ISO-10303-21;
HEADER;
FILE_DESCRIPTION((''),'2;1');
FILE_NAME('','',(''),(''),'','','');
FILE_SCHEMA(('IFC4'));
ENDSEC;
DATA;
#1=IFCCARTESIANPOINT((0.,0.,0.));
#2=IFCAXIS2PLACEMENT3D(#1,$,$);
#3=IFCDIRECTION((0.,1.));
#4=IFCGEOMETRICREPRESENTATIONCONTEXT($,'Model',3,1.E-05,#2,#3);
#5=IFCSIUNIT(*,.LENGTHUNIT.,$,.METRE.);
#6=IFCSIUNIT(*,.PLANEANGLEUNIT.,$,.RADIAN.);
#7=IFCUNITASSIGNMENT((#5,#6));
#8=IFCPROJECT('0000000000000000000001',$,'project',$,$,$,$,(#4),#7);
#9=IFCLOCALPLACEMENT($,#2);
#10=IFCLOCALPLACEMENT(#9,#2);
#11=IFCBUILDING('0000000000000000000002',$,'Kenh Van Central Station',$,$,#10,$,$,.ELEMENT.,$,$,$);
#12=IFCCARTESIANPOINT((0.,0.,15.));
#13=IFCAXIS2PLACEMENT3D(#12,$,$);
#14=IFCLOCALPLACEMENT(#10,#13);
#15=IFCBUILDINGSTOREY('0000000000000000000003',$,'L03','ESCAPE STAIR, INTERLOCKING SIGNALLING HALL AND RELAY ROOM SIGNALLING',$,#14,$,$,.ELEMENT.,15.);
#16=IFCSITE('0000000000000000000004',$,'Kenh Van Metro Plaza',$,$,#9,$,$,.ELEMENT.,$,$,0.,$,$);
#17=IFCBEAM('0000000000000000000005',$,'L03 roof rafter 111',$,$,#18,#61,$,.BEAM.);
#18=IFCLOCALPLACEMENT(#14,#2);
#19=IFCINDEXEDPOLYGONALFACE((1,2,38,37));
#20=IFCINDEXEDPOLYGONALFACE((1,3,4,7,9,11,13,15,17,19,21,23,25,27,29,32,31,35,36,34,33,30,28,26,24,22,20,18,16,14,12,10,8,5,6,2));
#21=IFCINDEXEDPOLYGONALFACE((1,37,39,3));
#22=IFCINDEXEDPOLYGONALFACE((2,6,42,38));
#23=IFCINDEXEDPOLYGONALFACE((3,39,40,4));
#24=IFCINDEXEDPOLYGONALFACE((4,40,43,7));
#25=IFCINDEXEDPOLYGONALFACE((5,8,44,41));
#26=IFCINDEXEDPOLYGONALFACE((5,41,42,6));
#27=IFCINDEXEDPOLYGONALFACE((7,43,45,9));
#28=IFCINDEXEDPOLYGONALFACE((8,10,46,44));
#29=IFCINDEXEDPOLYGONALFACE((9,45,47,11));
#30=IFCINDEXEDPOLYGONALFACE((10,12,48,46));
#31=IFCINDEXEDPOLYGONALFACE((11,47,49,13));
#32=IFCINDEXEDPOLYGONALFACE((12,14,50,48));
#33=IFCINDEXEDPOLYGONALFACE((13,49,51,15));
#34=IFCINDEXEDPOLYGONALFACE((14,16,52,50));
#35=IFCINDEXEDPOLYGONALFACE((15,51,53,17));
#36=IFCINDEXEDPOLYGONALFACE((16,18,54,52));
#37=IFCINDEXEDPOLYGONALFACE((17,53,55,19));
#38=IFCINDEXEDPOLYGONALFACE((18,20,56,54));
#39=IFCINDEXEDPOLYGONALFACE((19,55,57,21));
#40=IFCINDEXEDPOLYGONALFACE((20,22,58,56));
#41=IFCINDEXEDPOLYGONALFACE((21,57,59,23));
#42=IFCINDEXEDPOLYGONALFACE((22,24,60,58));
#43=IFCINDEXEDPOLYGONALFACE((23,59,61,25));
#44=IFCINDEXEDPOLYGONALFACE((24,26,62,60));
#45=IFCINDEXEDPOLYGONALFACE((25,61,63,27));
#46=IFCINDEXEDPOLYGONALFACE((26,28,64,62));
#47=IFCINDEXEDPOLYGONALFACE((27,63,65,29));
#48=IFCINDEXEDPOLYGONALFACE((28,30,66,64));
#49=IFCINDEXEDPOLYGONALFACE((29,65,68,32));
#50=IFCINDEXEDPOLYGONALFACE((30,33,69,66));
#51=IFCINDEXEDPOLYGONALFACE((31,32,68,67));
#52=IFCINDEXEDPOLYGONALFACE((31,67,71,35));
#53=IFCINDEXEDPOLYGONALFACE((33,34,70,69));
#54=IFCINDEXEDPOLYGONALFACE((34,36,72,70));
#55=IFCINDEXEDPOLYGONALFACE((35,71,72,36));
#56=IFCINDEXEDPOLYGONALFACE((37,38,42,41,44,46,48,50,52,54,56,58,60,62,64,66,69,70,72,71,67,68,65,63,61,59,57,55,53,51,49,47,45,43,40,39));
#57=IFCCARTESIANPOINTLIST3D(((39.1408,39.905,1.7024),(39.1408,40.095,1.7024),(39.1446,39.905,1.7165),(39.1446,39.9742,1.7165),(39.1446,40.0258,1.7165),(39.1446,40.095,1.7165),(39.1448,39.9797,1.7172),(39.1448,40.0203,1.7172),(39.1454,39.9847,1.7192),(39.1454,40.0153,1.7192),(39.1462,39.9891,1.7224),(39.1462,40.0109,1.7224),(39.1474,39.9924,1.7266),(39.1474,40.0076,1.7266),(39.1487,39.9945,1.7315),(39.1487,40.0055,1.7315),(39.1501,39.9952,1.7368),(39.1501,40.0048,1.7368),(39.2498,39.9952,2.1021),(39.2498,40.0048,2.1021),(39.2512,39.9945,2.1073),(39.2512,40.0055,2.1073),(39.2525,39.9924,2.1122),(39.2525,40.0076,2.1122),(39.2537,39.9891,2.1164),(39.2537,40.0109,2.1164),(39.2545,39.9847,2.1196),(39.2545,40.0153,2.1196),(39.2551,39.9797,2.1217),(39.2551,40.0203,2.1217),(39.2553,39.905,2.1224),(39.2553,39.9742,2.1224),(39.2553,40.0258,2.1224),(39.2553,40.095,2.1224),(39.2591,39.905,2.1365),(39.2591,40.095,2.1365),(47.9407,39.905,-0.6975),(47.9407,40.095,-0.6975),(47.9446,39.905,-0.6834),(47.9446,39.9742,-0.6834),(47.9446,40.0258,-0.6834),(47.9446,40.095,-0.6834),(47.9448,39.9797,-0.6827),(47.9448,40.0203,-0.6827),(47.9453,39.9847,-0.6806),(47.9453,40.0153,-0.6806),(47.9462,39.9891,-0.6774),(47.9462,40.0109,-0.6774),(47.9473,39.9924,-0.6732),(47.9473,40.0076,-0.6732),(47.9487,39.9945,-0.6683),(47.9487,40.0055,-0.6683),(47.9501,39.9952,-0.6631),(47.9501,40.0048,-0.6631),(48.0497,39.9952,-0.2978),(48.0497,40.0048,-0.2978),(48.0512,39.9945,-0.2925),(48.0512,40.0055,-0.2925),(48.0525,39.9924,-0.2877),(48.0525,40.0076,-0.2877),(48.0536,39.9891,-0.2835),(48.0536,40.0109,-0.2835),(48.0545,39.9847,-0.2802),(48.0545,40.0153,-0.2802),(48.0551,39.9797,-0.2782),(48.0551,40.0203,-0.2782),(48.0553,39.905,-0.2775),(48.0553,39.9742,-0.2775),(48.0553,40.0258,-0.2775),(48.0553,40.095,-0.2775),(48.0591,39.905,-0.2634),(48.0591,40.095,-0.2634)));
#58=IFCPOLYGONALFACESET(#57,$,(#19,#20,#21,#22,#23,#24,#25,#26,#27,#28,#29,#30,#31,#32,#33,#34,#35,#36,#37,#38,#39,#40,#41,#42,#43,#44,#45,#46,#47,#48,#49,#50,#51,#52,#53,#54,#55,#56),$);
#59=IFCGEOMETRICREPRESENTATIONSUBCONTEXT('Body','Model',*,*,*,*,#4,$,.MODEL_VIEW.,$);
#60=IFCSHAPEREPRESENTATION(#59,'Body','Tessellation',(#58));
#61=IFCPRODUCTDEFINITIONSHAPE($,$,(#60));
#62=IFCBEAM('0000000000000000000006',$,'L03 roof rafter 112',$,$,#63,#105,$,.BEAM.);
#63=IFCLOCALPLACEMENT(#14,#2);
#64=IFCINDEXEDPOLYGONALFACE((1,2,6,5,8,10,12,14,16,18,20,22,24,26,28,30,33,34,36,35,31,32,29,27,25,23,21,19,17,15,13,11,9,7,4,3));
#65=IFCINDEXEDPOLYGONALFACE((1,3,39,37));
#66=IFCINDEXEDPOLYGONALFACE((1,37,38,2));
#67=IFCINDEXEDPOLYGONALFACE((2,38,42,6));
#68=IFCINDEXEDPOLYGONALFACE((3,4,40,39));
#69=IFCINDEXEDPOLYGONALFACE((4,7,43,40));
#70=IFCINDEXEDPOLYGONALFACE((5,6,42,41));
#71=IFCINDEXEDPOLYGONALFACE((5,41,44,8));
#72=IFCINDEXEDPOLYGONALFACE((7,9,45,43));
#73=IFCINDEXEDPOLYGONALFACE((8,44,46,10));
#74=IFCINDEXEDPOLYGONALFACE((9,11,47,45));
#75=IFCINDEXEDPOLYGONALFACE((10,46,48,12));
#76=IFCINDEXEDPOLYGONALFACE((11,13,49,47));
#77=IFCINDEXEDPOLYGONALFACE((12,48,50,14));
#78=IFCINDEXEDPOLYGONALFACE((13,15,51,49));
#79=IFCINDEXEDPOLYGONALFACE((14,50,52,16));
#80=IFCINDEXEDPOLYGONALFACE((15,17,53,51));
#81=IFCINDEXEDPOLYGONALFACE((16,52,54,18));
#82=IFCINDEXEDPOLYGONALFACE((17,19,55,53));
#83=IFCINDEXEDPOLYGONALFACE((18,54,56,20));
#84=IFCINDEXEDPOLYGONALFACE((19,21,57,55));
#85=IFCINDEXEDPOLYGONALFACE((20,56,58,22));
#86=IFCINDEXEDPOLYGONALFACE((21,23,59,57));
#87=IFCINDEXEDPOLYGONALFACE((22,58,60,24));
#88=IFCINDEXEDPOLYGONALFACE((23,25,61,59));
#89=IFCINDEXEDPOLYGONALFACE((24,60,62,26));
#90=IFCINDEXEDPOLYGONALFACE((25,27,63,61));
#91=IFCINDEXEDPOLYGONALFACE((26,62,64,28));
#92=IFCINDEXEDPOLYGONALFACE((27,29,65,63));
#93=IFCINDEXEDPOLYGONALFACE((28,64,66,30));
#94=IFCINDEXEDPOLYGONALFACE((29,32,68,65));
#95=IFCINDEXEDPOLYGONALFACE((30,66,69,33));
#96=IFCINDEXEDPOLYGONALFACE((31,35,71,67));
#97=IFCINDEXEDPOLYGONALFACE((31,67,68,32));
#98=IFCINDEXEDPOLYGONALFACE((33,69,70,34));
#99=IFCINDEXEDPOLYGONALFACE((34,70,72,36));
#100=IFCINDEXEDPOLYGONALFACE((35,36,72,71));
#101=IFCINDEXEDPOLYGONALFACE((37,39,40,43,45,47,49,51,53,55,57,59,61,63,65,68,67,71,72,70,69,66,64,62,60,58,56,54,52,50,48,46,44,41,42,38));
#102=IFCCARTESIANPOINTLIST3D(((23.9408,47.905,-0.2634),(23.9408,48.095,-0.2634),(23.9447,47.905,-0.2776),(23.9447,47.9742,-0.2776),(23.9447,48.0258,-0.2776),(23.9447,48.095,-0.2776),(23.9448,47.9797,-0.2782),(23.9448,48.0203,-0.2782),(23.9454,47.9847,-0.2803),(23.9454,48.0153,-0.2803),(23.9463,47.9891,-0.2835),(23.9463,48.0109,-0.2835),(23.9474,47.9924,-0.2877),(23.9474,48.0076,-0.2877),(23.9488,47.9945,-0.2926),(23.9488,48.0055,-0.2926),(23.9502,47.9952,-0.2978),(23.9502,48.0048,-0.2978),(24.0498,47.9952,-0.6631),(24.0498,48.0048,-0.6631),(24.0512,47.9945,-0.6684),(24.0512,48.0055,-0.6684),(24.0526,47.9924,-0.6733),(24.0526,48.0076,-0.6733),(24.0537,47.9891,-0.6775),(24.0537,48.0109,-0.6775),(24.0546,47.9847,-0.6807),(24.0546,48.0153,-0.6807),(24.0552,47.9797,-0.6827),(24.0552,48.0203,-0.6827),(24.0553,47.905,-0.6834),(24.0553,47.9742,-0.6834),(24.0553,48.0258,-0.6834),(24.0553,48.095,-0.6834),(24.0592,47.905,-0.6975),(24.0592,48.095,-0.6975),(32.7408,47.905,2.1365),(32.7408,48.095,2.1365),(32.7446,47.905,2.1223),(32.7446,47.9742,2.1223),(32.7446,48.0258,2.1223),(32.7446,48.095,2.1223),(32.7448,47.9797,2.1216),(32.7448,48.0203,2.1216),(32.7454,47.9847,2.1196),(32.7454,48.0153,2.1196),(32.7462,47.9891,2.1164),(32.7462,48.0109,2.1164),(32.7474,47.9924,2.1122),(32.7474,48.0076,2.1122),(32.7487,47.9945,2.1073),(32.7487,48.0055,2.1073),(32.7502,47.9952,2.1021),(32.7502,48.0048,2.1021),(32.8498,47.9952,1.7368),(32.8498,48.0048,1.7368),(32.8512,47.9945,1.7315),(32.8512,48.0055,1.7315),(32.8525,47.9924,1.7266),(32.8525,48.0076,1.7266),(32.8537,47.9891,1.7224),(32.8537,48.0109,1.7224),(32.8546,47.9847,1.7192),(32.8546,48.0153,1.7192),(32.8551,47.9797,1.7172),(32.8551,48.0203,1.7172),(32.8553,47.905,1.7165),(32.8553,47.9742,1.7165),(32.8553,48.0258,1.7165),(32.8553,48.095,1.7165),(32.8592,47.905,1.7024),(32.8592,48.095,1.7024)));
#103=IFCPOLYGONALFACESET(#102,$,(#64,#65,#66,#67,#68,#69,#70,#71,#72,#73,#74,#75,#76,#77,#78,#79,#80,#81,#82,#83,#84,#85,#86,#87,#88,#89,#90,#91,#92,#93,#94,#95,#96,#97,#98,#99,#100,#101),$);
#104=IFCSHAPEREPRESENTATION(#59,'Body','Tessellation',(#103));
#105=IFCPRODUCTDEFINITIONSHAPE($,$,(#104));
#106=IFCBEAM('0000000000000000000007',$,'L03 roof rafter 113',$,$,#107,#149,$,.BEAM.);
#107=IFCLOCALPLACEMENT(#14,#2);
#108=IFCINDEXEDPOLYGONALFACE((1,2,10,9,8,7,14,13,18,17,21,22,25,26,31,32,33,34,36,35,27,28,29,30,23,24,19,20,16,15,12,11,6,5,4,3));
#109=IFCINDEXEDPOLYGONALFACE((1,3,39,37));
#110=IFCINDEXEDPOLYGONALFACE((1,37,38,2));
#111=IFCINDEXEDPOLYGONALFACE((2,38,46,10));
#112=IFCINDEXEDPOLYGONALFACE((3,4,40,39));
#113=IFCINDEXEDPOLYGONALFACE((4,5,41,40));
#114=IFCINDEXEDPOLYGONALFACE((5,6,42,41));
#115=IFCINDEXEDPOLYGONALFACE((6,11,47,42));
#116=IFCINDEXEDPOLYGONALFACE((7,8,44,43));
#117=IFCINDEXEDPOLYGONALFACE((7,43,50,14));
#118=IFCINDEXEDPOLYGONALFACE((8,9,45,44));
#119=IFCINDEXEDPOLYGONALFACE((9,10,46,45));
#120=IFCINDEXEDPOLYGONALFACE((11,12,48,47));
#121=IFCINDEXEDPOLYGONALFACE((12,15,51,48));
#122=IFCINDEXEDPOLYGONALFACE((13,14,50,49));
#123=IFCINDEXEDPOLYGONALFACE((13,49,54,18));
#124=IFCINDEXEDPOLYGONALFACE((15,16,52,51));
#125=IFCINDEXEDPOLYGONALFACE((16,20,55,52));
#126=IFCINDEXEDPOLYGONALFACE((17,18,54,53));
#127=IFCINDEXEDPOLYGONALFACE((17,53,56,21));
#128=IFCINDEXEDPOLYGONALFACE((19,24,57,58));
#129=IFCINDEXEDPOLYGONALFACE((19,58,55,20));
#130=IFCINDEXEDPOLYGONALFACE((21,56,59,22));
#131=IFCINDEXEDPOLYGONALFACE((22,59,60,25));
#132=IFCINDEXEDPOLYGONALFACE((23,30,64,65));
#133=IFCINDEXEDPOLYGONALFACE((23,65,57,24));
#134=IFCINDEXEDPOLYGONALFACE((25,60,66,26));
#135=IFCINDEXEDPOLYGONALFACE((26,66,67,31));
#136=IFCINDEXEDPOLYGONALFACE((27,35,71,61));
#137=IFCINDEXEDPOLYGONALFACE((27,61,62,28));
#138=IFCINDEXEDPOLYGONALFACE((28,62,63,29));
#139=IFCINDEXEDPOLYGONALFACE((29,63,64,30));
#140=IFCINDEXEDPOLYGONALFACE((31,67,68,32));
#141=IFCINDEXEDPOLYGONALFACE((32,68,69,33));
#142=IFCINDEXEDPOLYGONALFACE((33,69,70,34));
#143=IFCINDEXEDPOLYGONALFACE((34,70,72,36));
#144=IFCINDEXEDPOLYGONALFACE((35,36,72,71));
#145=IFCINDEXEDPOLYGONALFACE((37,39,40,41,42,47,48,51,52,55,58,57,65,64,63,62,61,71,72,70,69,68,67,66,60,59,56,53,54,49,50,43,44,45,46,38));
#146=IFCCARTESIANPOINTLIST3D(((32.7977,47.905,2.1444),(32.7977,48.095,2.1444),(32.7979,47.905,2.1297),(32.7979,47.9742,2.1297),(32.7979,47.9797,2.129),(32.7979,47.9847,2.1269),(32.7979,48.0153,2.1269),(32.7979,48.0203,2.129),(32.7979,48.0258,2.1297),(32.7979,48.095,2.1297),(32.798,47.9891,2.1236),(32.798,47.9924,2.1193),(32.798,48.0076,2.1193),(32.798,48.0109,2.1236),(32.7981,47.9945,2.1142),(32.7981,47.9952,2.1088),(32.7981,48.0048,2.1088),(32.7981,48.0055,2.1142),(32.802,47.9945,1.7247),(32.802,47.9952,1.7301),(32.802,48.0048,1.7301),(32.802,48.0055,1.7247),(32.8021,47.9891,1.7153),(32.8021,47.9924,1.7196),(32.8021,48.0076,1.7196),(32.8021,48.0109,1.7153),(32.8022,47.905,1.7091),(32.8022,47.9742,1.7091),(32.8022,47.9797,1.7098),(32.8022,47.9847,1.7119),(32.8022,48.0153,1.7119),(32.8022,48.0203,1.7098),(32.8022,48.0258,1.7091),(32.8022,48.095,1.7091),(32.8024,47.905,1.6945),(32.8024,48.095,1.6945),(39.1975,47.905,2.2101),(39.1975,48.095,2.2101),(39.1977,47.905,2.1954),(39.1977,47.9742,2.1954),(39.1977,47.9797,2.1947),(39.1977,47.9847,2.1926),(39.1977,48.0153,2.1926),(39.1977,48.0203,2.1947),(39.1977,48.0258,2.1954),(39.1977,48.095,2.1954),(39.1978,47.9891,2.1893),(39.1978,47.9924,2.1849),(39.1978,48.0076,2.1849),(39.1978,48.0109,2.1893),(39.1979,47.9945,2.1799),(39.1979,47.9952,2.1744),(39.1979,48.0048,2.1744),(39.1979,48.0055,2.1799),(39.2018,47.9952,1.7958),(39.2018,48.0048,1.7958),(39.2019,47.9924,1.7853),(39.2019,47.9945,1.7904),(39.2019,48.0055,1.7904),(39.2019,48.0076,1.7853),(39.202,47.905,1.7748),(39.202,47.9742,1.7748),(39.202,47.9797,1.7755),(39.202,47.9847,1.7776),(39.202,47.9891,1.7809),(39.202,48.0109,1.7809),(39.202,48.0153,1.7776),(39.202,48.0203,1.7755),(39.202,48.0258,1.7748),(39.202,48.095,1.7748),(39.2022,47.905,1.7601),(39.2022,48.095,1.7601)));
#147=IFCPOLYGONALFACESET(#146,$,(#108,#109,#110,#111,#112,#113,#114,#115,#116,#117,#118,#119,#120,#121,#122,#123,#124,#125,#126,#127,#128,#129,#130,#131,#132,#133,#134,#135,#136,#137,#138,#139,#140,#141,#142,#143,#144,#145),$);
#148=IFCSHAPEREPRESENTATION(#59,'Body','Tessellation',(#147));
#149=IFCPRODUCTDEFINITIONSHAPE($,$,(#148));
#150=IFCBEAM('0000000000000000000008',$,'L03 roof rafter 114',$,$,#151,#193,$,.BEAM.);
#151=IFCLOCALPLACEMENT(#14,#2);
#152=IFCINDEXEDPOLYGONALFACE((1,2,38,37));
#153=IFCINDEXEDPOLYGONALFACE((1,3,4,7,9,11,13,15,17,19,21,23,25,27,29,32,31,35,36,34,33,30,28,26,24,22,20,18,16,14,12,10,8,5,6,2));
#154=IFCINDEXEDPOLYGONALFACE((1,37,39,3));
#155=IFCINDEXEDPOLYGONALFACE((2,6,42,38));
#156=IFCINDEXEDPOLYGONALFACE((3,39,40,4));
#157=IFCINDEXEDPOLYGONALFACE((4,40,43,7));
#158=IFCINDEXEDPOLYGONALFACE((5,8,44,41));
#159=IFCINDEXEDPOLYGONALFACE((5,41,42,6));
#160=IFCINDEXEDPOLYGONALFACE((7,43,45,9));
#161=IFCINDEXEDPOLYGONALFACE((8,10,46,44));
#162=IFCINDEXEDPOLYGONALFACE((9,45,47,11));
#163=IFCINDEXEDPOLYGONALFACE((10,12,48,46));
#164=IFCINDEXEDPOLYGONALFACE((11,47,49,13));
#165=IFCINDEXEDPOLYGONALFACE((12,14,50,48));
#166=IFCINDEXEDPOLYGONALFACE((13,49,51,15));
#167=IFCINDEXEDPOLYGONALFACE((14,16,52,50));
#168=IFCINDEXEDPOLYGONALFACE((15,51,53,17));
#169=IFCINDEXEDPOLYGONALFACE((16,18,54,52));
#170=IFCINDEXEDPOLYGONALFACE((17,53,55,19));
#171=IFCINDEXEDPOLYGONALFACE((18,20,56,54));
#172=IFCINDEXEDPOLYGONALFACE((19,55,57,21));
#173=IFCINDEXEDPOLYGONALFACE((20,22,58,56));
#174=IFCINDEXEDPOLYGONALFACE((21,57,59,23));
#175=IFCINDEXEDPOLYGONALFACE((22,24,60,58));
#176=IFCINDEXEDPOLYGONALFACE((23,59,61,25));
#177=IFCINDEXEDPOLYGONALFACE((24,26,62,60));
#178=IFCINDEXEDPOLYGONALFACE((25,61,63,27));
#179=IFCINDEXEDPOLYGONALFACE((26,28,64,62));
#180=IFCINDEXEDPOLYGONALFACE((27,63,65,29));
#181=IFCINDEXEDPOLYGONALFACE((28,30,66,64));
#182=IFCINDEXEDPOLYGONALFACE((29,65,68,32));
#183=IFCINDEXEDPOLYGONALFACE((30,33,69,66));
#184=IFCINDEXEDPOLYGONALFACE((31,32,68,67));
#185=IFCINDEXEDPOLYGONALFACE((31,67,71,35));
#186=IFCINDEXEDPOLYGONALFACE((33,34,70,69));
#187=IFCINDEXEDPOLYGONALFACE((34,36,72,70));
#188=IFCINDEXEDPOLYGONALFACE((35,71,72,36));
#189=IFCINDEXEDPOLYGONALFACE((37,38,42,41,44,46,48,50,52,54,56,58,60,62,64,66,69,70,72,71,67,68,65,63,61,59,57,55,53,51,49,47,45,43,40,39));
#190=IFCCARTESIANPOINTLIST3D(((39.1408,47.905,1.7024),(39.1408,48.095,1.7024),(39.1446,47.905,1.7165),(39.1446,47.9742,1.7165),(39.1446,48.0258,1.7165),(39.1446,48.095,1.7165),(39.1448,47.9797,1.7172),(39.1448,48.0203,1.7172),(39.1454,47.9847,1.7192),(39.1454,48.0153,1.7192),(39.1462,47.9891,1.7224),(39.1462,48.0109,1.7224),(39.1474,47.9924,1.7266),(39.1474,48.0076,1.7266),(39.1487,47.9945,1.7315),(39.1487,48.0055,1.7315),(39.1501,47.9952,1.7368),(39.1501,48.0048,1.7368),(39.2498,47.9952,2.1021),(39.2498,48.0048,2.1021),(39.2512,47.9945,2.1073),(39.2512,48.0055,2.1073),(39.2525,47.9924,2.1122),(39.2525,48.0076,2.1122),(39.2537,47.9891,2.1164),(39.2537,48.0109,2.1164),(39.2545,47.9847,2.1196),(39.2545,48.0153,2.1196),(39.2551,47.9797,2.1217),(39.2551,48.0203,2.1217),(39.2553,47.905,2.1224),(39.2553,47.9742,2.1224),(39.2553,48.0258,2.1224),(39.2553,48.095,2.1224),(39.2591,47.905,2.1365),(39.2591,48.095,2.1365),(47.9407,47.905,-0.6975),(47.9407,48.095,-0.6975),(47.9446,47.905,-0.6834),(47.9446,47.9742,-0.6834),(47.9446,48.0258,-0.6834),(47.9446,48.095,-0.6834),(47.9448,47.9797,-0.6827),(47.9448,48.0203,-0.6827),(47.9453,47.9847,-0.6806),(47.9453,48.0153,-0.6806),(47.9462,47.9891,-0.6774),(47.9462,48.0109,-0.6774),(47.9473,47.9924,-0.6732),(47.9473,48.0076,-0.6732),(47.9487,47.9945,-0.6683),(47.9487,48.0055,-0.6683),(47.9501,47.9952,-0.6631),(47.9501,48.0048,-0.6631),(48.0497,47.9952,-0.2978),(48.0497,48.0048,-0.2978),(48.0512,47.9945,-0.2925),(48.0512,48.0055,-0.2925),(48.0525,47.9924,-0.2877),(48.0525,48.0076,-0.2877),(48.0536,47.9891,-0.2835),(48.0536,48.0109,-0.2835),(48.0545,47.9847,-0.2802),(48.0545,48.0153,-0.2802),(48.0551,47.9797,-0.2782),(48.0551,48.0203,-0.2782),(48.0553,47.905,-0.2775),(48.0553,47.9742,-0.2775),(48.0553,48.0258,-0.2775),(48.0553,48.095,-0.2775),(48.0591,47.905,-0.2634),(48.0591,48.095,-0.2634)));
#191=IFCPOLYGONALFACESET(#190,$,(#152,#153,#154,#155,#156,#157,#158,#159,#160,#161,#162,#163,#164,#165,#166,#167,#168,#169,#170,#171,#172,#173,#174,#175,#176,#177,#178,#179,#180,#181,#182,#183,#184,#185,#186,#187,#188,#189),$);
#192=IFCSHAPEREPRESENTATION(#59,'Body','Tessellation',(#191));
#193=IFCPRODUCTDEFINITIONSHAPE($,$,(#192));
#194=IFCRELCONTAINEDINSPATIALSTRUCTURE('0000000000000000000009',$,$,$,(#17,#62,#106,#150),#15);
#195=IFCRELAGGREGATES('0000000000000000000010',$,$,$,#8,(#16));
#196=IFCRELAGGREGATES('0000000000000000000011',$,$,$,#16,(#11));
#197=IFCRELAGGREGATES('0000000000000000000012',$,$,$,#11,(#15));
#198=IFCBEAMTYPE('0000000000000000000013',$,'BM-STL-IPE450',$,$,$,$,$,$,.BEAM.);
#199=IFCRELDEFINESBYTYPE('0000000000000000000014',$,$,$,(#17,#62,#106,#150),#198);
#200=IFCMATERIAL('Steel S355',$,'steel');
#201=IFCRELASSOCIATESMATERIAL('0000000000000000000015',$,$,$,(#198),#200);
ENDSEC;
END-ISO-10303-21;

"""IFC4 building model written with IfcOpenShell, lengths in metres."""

from ifc_helpers import new_model, si_unit, direction, frame, origin, origin_2d, place, context, subcontext, project, spatial, i_section, extrude, material, material_profile, profile_set, type_object, element, save


model = new_model("IFC4")

# Units and contexts
model_context = context("Model", 3, precision=1e-05, world=origin(), true_north=direction((0.0, 1.0)))
body_context = subcontext(model_context, "Body", "Model", "MODEL_VIEW")
ifc_project = project(units=[si_unit("LENGTHUNIT", "METRE"), si_unit("PLANEANGLEUNIT", "RADIAN")], contexts=[model_context])

# Site, building, storey
site_placement = place(None, origin())
site = spatial("IfcSite", under=ifc_project, at=site_placement, Name="Kenh Van Metro Plaza", CompositionType="ELEMENT", RefElevation=0.0)
building_placement = place(site_placement, origin())
building = spatial("IfcBuilding", under=site, at=building_placement, Name="Kenh Van Central Station", CompositionType="ELEMENT")
storey_placement = place(building_placement, frame((0.0, 0.0, 15.0)))
storey = spatial("IfcBuildingStorey", under=building, at=storey_placement, Name="L03", Description="ESCAPE STAIR, INTERLOCKING SIGNALLING HALL AND RELAY ROOM SIGNALLING", CompositionType="ELEMENT", Elevation=15.0)

# Beams
ifc_material_1 = material(Name="Steel S355", Category="steel")
ifc_material_profile_1 = material_profile(ifc_material_1, i_section(OverallWidth=0.1899, OverallDepth=0.45, WebThickness=0.0095, FlangeThickness=0.0146, FilletRadius=0.021, at=origin_2d()), Name="IPE 450")
ifc_profile_set_1 = profile_set([ifc_material_profile_1], Name="Steel S355")
beam_type = type_object("IfcBeamType", Name="BM-STL-IPE450", PredefinedType="BEAM", material=ifc_profile_set_1)
for number, where, z_axis, x_axis, name in (
    (1, (39.2, 40.0, 1.9194), (0.964767, 0.0, -0.263106), (0.0, 1.0, 0.0), "L03 roof rafter 111"),
    (2, (24.0, 48.0, -0.4805), (0.964767, 0.0, 0.263106), (0.0, 1.0, 0.0), "L03 roof rafter 112"),
):
    element("IfcBeam", number, at=place(storey_placement, frame(where, z_axis=z_axis, x_axis=x_axis)), inside=storey, type_object=beam_type, Name=name, PredefinedType="BEAM", context=body_context, shape_type="SweptSolid", body=[
        extrude(i_section(OverallWidth=0.1899, OverallDepth=0.45, WebThickness=0.0095, FlangeThickness=0.0146, FilletRadius=0.021, at=origin_2d()), origin(), (0.0, 0.0, 1.0), 9.1213),
    ])
beam_1_placement = place(storey_placement, frame((32.8, 48.0, 1.9194), z_axis=(0.999947, 0.0, 0.010261), x_axis=(0.0, 1.0, 0.0)))
element("IfcBeam", 3, at=beam_1_placement, inside=storey, type_object=beam_type, Name="L03 roof rafter 113", PredefinedType="BEAM", context=body_context, shape_type="SweptSolid", body=[
    extrude(i_section(OverallWidth=0.1899, OverallDepth=0.45, WebThickness=0.0095, FlangeThickness=0.0146, FilletRadius=0.021, at=origin_2d()), origin(), (0.0, 0.0, 1.0), 6.4001),
])
for number, where, z_axis, x_axis, name in (
    (4, (39.2, 48.0, 1.9194), (0.964767, 0.0, -0.263106), (0.0, 1.0, 0.0), "L03 roof rafter 114"),
):
    element("IfcBeam", number, at=place(storey_placement, frame(where, z_axis=z_axis, x_axis=x_axis)), inside=storey, type_object=beam_type, Name=name, PredefinedType="BEAM", context=body_context, shape_type="SweptSolid", body=[
        extrude(i_section(OverallWidth=0.1899, OverallDepth=0.45, WebThickness=0.0095, FlangeThickness=0.0146, FilletRadius=0.021, at=origin_2d()), origin(), (0.0, 0.0, 1.0), 9.1213),
    ])

save(model, "model.ifc")
